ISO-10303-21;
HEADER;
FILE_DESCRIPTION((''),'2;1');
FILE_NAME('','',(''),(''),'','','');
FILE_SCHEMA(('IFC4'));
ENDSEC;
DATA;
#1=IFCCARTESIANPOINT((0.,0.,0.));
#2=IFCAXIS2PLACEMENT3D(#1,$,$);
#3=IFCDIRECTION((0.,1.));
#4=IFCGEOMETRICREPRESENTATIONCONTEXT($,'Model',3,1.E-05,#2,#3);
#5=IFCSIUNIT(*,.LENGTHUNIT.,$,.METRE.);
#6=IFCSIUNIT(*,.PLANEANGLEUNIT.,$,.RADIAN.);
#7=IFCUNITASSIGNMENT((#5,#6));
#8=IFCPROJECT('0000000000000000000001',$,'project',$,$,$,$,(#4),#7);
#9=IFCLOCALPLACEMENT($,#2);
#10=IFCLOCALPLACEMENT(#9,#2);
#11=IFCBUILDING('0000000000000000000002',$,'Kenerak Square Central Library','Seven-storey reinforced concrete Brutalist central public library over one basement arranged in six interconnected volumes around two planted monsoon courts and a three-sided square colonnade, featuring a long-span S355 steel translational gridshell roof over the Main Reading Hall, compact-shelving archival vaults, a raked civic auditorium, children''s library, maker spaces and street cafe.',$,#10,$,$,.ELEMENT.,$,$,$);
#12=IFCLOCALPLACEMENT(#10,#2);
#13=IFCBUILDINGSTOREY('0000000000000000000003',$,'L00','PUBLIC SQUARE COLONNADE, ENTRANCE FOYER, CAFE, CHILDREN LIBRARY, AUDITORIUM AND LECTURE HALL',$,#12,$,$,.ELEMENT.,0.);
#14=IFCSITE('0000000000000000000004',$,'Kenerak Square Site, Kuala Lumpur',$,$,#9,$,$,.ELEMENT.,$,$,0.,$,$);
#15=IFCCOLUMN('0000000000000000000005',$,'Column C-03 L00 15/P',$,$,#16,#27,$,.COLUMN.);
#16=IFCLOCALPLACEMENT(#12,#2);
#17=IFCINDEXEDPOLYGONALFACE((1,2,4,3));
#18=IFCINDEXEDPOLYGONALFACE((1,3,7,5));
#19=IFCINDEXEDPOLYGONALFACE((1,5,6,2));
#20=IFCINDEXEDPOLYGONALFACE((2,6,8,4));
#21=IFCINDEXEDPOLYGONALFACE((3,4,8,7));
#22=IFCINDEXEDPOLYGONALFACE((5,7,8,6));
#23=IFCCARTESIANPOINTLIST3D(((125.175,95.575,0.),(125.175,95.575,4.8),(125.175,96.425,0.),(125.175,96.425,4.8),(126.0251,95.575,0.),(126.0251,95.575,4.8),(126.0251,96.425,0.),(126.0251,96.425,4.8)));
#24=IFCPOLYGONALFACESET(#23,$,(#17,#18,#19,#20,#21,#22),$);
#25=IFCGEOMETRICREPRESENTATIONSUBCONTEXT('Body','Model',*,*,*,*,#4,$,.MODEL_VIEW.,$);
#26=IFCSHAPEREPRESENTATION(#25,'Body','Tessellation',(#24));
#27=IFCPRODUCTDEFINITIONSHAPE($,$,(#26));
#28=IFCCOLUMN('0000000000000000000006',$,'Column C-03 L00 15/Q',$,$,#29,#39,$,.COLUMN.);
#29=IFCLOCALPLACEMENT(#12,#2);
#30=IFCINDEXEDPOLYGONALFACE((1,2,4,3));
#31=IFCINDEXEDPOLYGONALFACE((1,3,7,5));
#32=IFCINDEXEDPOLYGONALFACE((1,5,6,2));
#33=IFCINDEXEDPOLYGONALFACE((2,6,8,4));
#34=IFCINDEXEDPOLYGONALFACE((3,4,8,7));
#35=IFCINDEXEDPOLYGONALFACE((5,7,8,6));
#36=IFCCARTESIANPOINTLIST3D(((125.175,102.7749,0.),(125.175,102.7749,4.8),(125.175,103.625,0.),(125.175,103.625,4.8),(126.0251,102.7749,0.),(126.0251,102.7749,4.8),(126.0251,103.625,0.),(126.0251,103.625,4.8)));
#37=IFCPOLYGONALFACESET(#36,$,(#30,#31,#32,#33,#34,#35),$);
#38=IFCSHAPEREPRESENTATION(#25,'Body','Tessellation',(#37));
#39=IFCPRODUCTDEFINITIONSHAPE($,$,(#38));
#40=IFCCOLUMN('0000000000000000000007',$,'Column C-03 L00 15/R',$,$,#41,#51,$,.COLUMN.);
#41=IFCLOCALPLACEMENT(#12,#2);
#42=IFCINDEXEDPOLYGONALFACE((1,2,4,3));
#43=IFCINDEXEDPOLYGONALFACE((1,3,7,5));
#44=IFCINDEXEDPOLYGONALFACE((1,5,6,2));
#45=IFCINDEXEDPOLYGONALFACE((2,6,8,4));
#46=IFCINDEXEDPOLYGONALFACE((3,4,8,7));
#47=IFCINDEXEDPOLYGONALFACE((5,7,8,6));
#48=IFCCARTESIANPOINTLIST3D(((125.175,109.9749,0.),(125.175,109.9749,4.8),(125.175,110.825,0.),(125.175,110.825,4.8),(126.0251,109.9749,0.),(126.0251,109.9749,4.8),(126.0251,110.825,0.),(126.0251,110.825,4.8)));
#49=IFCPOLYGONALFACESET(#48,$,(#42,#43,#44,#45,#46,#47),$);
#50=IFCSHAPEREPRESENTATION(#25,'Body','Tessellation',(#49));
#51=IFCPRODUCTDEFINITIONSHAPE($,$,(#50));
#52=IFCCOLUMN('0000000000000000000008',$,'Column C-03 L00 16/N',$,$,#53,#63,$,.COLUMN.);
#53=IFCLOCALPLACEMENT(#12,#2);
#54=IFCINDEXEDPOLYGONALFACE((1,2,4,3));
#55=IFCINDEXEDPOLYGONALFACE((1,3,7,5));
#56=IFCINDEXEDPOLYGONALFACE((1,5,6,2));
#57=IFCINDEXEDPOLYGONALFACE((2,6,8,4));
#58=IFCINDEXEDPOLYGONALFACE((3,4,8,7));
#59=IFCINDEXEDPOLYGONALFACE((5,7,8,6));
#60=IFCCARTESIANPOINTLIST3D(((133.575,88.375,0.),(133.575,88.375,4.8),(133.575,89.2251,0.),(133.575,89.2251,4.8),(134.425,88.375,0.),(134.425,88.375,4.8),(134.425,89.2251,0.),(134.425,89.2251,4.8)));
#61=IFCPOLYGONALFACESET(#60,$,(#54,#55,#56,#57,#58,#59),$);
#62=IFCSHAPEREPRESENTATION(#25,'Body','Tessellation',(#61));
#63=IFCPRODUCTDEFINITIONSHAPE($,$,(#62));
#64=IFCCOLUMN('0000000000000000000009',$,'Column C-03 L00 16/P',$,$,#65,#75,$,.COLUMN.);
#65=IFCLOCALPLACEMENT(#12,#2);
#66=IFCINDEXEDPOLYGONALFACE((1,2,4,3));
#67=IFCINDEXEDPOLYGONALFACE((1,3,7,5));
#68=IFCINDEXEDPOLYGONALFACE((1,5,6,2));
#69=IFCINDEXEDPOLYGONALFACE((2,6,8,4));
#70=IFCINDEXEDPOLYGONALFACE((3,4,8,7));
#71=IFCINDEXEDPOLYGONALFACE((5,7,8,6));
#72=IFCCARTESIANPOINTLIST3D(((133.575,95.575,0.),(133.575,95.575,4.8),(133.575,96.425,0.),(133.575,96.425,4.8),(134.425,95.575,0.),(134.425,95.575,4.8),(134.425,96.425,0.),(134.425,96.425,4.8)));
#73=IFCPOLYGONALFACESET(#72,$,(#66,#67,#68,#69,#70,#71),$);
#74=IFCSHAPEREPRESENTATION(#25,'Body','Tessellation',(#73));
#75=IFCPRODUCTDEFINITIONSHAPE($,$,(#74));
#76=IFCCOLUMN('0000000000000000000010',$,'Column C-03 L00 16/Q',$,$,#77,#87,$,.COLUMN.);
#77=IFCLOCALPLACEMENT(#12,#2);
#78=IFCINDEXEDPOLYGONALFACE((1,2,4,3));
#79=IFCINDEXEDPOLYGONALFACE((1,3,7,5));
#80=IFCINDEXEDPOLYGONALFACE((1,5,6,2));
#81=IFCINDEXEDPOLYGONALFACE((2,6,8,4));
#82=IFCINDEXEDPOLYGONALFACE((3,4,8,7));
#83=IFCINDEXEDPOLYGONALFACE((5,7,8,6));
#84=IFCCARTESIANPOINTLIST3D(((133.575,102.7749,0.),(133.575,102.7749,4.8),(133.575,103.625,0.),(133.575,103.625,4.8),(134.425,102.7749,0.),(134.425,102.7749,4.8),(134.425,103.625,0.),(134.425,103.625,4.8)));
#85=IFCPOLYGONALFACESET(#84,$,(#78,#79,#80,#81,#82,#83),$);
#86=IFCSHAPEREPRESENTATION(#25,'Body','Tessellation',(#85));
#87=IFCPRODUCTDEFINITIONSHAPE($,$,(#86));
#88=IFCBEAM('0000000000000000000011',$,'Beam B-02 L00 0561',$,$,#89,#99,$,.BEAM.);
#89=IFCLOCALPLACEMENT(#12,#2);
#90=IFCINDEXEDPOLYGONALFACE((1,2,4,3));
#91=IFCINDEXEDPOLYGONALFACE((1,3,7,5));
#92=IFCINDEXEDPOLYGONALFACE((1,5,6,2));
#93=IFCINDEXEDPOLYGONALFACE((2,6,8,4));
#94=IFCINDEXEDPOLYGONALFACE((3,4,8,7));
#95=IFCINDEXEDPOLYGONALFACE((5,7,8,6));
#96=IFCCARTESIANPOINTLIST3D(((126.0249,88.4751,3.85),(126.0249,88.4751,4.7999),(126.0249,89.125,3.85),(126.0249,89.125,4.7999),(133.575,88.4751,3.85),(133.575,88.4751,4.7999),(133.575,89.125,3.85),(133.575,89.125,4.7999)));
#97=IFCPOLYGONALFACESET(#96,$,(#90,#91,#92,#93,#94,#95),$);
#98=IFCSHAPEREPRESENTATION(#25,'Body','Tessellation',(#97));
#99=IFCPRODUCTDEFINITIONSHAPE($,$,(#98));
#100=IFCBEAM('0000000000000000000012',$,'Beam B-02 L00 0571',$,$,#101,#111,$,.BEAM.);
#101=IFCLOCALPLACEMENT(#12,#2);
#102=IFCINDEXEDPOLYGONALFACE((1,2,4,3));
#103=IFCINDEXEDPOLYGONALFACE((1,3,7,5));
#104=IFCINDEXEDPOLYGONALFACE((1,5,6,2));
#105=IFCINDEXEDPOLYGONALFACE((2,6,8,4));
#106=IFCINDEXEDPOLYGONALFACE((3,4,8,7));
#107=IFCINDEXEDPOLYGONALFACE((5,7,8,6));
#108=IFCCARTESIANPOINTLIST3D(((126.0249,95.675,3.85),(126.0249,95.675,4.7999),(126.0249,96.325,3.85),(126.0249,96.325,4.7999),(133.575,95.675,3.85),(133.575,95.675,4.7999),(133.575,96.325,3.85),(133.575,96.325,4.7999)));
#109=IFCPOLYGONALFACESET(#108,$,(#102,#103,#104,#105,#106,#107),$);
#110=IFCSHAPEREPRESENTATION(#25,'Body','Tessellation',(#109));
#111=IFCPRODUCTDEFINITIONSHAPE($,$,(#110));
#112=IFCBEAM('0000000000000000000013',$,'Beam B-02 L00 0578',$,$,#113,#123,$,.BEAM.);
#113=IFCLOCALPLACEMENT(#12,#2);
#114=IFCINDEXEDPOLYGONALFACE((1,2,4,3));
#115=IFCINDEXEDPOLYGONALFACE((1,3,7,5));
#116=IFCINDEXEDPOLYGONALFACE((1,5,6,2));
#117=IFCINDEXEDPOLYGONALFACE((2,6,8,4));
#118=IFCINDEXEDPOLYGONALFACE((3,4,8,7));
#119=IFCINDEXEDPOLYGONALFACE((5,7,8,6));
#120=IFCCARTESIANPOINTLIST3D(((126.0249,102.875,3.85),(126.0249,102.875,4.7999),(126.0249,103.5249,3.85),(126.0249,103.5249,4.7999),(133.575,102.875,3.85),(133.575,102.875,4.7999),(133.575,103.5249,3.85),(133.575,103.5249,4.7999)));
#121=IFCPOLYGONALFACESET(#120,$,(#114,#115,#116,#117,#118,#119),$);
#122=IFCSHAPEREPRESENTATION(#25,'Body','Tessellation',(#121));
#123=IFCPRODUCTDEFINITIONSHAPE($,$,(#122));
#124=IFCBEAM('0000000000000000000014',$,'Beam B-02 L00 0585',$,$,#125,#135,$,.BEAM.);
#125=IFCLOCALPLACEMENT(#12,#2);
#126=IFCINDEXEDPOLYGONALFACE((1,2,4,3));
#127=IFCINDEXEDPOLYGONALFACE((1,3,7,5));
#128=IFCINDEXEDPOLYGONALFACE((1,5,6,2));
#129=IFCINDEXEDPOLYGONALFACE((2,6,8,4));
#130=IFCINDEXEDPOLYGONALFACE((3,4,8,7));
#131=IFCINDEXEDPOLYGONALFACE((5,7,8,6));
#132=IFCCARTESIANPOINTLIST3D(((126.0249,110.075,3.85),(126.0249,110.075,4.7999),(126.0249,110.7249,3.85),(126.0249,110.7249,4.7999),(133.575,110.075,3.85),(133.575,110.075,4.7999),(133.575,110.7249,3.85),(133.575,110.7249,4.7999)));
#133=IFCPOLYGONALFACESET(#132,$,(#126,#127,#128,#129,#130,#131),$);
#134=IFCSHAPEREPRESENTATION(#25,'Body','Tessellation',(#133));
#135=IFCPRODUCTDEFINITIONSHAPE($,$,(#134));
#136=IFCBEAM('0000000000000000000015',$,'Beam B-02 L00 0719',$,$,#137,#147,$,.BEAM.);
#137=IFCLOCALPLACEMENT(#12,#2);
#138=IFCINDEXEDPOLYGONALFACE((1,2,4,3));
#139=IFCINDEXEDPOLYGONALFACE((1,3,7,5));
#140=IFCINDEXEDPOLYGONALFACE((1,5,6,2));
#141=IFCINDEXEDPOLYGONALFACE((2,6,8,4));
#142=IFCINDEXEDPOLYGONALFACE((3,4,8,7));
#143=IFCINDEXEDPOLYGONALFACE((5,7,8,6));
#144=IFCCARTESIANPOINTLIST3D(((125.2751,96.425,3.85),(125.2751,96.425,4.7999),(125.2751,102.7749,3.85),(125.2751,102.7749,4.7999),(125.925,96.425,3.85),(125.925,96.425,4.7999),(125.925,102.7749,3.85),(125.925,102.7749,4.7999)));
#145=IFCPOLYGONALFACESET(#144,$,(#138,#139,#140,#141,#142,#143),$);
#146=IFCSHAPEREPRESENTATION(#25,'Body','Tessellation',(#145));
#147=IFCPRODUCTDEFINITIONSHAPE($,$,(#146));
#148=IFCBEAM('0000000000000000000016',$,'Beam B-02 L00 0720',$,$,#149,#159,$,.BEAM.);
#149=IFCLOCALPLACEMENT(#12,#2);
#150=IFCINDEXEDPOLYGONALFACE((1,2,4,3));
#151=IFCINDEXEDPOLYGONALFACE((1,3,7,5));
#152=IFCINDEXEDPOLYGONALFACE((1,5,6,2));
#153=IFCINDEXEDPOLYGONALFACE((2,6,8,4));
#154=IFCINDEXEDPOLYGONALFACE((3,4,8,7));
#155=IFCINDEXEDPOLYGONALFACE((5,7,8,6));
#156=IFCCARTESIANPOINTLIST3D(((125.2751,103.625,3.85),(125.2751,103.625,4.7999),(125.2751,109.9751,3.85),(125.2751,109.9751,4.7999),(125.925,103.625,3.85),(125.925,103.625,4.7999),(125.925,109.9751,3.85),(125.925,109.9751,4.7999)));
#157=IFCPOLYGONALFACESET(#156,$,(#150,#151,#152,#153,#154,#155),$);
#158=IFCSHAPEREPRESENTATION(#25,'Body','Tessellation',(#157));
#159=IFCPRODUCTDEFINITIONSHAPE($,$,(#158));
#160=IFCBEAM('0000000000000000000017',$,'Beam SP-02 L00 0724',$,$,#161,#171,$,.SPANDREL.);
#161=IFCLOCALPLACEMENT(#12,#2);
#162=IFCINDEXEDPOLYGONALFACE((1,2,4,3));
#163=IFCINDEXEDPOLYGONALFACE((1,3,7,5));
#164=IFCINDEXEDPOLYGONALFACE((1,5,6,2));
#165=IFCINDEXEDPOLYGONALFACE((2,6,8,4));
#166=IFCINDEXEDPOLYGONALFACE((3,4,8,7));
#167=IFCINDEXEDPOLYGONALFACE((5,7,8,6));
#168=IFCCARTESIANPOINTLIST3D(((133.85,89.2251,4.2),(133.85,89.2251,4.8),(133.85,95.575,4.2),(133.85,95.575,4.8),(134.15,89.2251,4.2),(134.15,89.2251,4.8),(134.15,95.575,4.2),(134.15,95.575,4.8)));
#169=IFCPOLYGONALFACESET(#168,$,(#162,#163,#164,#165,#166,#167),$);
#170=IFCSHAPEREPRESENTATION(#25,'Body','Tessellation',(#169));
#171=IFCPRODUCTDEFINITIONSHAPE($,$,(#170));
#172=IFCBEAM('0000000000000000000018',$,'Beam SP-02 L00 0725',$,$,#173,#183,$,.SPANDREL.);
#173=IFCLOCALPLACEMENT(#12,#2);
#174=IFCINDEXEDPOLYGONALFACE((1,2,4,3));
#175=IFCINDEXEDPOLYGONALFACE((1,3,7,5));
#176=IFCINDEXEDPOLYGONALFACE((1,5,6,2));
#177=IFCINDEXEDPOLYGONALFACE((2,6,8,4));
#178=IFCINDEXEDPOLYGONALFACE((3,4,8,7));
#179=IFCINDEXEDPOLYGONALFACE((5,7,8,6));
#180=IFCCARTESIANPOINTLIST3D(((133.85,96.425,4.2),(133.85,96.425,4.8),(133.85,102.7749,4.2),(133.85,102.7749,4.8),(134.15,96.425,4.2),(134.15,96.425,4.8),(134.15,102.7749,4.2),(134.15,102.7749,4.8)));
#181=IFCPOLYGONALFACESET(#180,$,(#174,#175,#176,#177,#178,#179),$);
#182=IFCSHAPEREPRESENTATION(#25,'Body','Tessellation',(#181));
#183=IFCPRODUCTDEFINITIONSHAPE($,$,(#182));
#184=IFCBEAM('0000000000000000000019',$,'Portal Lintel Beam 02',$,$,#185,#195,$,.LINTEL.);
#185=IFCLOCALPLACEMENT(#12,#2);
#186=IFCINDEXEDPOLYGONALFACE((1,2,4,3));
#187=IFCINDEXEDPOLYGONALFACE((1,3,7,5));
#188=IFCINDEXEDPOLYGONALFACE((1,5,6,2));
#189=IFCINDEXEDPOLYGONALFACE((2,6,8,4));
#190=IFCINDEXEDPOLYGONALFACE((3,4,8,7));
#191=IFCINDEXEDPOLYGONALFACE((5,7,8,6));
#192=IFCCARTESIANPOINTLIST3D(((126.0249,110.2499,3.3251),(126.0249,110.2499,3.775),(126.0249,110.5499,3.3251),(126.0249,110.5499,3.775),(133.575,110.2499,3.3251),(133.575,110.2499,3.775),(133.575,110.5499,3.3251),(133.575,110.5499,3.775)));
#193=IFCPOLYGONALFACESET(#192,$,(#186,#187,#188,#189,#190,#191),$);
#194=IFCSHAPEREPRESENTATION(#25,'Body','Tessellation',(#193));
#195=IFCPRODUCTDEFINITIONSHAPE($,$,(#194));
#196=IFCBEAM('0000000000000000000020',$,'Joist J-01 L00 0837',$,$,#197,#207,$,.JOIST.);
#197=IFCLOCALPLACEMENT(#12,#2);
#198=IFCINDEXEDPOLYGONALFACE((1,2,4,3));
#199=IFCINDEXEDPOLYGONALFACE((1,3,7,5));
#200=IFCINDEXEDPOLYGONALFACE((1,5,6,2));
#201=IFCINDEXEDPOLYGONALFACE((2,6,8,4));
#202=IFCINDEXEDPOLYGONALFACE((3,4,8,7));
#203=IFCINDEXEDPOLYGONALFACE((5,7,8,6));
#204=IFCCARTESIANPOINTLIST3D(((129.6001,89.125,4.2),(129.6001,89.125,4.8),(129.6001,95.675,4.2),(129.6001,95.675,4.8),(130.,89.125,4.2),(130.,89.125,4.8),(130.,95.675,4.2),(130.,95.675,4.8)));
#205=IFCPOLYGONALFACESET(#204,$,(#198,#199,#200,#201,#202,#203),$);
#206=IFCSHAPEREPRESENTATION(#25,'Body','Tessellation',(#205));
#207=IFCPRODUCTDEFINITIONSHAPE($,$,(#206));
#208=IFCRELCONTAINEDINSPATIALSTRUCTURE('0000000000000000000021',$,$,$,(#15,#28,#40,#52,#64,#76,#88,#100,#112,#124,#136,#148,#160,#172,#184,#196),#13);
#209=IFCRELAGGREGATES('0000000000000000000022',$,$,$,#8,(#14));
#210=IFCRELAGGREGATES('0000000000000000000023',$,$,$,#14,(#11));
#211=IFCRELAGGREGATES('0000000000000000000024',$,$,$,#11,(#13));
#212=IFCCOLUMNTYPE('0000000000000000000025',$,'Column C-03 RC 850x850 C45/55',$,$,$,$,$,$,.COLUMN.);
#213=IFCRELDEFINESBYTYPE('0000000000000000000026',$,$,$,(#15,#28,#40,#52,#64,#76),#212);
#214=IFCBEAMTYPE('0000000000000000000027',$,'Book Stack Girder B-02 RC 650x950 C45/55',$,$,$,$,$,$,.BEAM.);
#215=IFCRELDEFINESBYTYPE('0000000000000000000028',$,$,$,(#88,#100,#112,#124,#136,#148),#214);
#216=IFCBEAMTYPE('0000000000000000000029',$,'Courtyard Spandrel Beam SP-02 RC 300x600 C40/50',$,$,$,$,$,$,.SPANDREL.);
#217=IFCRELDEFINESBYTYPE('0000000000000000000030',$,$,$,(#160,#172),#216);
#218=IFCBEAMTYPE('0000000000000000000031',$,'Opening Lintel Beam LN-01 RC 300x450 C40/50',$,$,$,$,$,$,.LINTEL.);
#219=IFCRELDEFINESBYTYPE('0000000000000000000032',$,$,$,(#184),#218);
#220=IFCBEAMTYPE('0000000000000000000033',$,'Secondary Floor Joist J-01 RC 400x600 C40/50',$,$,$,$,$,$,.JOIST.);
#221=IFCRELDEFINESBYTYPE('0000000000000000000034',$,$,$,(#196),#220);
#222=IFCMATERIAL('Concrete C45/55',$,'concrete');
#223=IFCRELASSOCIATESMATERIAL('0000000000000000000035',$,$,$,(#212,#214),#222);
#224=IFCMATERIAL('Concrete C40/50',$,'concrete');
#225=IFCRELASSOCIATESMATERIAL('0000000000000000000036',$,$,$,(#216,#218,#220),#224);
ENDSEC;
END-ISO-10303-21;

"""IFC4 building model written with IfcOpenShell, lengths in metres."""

from ifc_helpers import new_model, si_unit, direction, frame, origin, origin_2d, place, context, subcontext, project, spatial, rectangle, extrude, material, material_profile, profile_set, type_object, element, save


model = new_model("IFC4")

# Units and contexts
model_context = context("Model", 3, precision=1e-05, world=origin(), true_north=direction((0.0, 1.0)))
body_context = subcontext(model_context, "Body", "Model", "MODEL_VIEW")
ifc_project = project(units=[si_unit("LENGTHUNIT", "METRE"), si_unit("PLANEANGLEUNIT", "RADIAN")], contexts=[model_context])

# Site, building, storey
site_placement = place(None, origin())
site = spatial("IfcSite", under=ifc_project, at=site_placement, Name="Kenerak Square Site, Kuala Lumpur", CompositionType="ELEMENT", RefElevation=0.0)
building_placement = place(site_placement, origin())
building = spatial("IfcBuilding", under=site, at=building_placement, Name="Kenerak Square Central Library", Description="Seven-storey reinforced concrete Brutalist central public library over one basement arranged in six interconnected volumes around two planted monsoon courts and a three-sided square colonnade, featuring a long-span S355 steel translational gridshell roof over the Main Reading Hall, compact-shelving archival vaults, a raked civic auditorium, children's library, maker spaces and street cafe.", CompositionType="ELEMENT")
storey_placement = place(building_placement, origin())
storey = spatial("IfcBuildingStorey", under=building, at=storey_placement, Name="L00", Description="PUBLIC SQUARE COLONNADE, ENTRANCE FOYER, CAFE, CHILDREN LIBRARY, AUDITORIUM AND LECTURE HALL", CompositionType="ELEMENT", Elevation=0.0)

# Columns
ifc_material_1 = material(Name="Concrete C45/55", Category="concrete")
ifc_material_profile_1 = material_profile(ifc_material_1, rectangle(XDim=0.8501, YDim=0.8501, at=origin_2d()), Name="RC 850x850")
ifc_profile_set_1 = profile_set([ifc_material_profile_1], Name="Concrete C45/55")
column_type = type_object("IfcColumnType", Name="Column C-03 RC 850x850 C45/55", PredefinedType="COLUMN", material=ifc_profile_set_1)
for number, where, z_axis, x_axis, name in (
    (1, (125.6001, 96.0, 0.0), (0.0, 0.0, 1.0), (1.0, 0.0, 0.0), "Column C-03 L00 15/P"),
    (2, (125.6001, 103.2, 0.0), (0.0, 0.0, 1.0), (1.0, 0.0, 0.0), "Column C-03 L00 15/Q"),
    (3, (125.6001, 110.3999, 0.0), (0.0, 0.0, 1.0), (1.0, 0.0, 0.0), "Column C-03 L00 15/R"),
    (4, (134.0, 88.8, 0.0), (0.0, 0.0, 1.0), (1.0, 0.0, 0.0), "Column C-03 L00 16/N"),
    (5, (134.0, 96.0, 0.0), (0.0, 0.0, 1.0), (1.0, 0.0, 0.0), "Column C-03 L00 16/P"),
    (6, (134.0, 103.2, 0.0), (0.0, 0.0, 1.0), (1.0, 0.0, 0.0), "Column C-03 L00 16/Q"),
):
    element("IfcColumn", number, at=place(storey_placement, frame(where, z_axis=z_axis, x_axis=x_axis)), inside=storey, type_object=column_type, Name=name, PredefinedType="COLUMN", context=body_context, shape_type="SweptSolid", body=[
        extrude(rectangle(XDim=0.8501, YDim=0.8501, at=origin_2d()), origin(), (0.0, 0.0, 1.0), 4.8),
    ])

# Beams
ifc_material_profile_2 = material_profile(ifc_material_1, rectangle(XDim=0.6499, YDim=0.95, at=origin_2d()), Name="RC 650x950")
ifc_profile_set_2 = profile_set([ifc_material_profile_2], Name="Concrete C45/55")
beam_type_1 = type_object("IfcBeamType", Name="Book Stack Girder B-02 RC 650x950 C45/55", PredefinedType="BEAM", material=ifc_profile_set_2)
for number, where, z_axis, x_axis, name in (
    (7, (126.0249, 88.8, 4.325), (1.0, 0.0, 0.0), (0.0, 1.0, 0.0), "Beam B-02 L00 0561"),
    (8, (126.0249, 96.0, 4.325), (1.0, 0.0, 0.0), (0.0, 1.0, 0.0), "Beam B-02 L00 0571"),
    (9, (126.0249, 103.2, 4.325), (1.0, 0.0, 0.0), (0.0, 1.0, 0.0), "Beam B-02 L00 0578"),
    (10, (126.0249, 110.3999, 4.325), (1.0, 0.0, 0.0), (0.0, 1.0, 0.0), "Beam B-02 L00 0585"),
):
    element("IfcBeam", number, at=place(storey_placement, frame(where, z_axis=z_axis, x_axis=x_axis)), inside=storey, type_object=beam_type_1, Name=name, PredefinedType="BEAM", context=body_context, shape_type="SweptSolid", body=[
        extrude(rectangle(XDim=0.6499, YDim=0.95, at=origin_2d()), origin(), (0.0, 0.0, 1.0), 7.55),
    ])
beam_1_placement = place(storey_placement, frame((125.6001, 96.425, 4.325), z_axis=(0.0, 1.0, 0.0), x_axis=(-1.0, 0.0, 0.0)))
element("IfcBeam", 11, at=beam_1_placement, inside=storey, type_object=beam_type_1, Name="Beam B-02 L00 0719", PredefinedType="BEAM", context=body_context, shape_type="SweptSolid", body=[
    extrude(rectangle(XDim=0.6499, YDim=0.95, at=origin_2d()), origin(), (0.0, 0.0, 1.0), 6.3499),
])
beam_2_placement = place(storey_placement, frame((125.6001, 103.625, 4.325), z_axis=(0.0, 1.0, 0.0), x_axis=(-1.0, 0.0, 0.0)))
element("IfcBeam", 12, at=beam_2_placement, inside=storey, type_object=beam_type_1, Name="Beam B-02 L00 0720", PredefinedType="BEAM", context=body_context, shape_type="SweptSolid", body=[
    extrude(rectangle(XDim=0.6499, YDim=0.95, at=origin_2d()), origin(), (0.0, 0.0, 1.0), 6.3501),
])
ifc_material_2 = material(Name="Concrete C40/50", Category="concrete")
ifc_material_profile_3 = material_profile(ifc_material_2, rectangle(XDim=0.3, YDim=0.6001, at=origin_2d()), Name="RC 300x600")
ifc_profile_set_3 = profile_set([ifc_material_profile_3], Name="Concrete C40/50")
beam_type_2 = type_object("IfcBeamType", Name="Courtyard Spandrel Beam SP-02 RC 300x600 C40/50", PredefinedType="SPANDREL", material=ifc_profile_set_3)
for number, where, z_axis, x_axis, name in (
    (13, (134.0, 89.2251, 4.5), (0.0, 1.0, 0.0), (-1.0, 0.0, 0.0), "Beam SP-02 L00 0724"),
    (14, (134.0, 96.425, 4.5), (0.0, 1.0, 0.0), (-1.0, 0.0, 0.0), "Beam SP-02 L00 0725"),
):
    element("IfcBeam", number, at=place(storey_placement, frame(where, z_axis=z_axis, x_axis=x_axis)), inside=storey, type_object=beam_type_2, Name=name, PredefinedType="SPANDREL", context=body_context, shape_type="SweptSolid", body=[
        extrude(rectangle(XDim=0.3, YDim=0.6001, at=origin_2d()), origin(), (0.0, 0.0, 1.0), 6.3499),
    ])
ifc_material_profile_4 = material_profile(ifc_material_2, rectangle(XDim=0.3, YDim=0.45, at=origin_2d()), Name="RC 300x450")
ifc_profile_set_4 = profile_set([ifc_material_profile_4], Name="Concrete C40/50")
beam_type_3 = type_object("IfcBeamType", Name="Opening Lintel Beam LN-01 RC 300x450 C40/50", PredefinedType="LINTEL", material=ifc_profile_set_4)
beam_3_placement = place(storey_placement, frame((126.0249, 110.3999, 3.55), z_axis=(1.0, 0.0, 0.0), x_axis=(0.0, 1.0, 0.0)))
element("IfcBeam", 15, at=beam_3_placement, inside=storey, type_object=beam_type_3, Name="Portal Lintel Beam 02", PredefinedType="LINTEL", context=body_context, shape_type="SweptSolid", body=[
    extrude(rectangle(XDim=0.3, YDim=0.45, at=origin_2d()), origin(), (0.0, 0.0, 1.0), 7.55),
])
ifc_material_profile_5 = material_profile(ifc_material_2, rectangle(XDim=0.3999, YDim=0.6001, at=origin_2d()), Name="RC 400x600")
ifc_profile_set_5 = profile_set([ifc_material_profile_5], Name="Concrete C40/50")
beam_type_4 = type_object("IfcBeamType", Name="Secondary Floor Joist J-01 RC 400x600 C40/50", PredefinedType="JOIST", material=ifc_profile_set_5)
for number, where, z_axis, x_axis, name in (
    (16, (129.8, 89.125, 4.5), (0.0, 1.0, 0.0), (-1.0, 0.0, 0.0), "Joist J-01 L00 0837"),
):
    element("IfcBeam", number, at=place(storey_placement, frame(where, z_axis=z_axis, x_axis=x_axis)), inside=storey, type_object=beam_type_4, Name=name, PredefinedType="JOIST", context=body_context, shape_type="SweptSolid", body=[
        extrude(rectangle(XDim=0.3999, YDim=0.6001, at=origin_2d()), origin(), (0.0, 0.0, 1.0), 6.55),
    ])

save(model, "model.ifc")
